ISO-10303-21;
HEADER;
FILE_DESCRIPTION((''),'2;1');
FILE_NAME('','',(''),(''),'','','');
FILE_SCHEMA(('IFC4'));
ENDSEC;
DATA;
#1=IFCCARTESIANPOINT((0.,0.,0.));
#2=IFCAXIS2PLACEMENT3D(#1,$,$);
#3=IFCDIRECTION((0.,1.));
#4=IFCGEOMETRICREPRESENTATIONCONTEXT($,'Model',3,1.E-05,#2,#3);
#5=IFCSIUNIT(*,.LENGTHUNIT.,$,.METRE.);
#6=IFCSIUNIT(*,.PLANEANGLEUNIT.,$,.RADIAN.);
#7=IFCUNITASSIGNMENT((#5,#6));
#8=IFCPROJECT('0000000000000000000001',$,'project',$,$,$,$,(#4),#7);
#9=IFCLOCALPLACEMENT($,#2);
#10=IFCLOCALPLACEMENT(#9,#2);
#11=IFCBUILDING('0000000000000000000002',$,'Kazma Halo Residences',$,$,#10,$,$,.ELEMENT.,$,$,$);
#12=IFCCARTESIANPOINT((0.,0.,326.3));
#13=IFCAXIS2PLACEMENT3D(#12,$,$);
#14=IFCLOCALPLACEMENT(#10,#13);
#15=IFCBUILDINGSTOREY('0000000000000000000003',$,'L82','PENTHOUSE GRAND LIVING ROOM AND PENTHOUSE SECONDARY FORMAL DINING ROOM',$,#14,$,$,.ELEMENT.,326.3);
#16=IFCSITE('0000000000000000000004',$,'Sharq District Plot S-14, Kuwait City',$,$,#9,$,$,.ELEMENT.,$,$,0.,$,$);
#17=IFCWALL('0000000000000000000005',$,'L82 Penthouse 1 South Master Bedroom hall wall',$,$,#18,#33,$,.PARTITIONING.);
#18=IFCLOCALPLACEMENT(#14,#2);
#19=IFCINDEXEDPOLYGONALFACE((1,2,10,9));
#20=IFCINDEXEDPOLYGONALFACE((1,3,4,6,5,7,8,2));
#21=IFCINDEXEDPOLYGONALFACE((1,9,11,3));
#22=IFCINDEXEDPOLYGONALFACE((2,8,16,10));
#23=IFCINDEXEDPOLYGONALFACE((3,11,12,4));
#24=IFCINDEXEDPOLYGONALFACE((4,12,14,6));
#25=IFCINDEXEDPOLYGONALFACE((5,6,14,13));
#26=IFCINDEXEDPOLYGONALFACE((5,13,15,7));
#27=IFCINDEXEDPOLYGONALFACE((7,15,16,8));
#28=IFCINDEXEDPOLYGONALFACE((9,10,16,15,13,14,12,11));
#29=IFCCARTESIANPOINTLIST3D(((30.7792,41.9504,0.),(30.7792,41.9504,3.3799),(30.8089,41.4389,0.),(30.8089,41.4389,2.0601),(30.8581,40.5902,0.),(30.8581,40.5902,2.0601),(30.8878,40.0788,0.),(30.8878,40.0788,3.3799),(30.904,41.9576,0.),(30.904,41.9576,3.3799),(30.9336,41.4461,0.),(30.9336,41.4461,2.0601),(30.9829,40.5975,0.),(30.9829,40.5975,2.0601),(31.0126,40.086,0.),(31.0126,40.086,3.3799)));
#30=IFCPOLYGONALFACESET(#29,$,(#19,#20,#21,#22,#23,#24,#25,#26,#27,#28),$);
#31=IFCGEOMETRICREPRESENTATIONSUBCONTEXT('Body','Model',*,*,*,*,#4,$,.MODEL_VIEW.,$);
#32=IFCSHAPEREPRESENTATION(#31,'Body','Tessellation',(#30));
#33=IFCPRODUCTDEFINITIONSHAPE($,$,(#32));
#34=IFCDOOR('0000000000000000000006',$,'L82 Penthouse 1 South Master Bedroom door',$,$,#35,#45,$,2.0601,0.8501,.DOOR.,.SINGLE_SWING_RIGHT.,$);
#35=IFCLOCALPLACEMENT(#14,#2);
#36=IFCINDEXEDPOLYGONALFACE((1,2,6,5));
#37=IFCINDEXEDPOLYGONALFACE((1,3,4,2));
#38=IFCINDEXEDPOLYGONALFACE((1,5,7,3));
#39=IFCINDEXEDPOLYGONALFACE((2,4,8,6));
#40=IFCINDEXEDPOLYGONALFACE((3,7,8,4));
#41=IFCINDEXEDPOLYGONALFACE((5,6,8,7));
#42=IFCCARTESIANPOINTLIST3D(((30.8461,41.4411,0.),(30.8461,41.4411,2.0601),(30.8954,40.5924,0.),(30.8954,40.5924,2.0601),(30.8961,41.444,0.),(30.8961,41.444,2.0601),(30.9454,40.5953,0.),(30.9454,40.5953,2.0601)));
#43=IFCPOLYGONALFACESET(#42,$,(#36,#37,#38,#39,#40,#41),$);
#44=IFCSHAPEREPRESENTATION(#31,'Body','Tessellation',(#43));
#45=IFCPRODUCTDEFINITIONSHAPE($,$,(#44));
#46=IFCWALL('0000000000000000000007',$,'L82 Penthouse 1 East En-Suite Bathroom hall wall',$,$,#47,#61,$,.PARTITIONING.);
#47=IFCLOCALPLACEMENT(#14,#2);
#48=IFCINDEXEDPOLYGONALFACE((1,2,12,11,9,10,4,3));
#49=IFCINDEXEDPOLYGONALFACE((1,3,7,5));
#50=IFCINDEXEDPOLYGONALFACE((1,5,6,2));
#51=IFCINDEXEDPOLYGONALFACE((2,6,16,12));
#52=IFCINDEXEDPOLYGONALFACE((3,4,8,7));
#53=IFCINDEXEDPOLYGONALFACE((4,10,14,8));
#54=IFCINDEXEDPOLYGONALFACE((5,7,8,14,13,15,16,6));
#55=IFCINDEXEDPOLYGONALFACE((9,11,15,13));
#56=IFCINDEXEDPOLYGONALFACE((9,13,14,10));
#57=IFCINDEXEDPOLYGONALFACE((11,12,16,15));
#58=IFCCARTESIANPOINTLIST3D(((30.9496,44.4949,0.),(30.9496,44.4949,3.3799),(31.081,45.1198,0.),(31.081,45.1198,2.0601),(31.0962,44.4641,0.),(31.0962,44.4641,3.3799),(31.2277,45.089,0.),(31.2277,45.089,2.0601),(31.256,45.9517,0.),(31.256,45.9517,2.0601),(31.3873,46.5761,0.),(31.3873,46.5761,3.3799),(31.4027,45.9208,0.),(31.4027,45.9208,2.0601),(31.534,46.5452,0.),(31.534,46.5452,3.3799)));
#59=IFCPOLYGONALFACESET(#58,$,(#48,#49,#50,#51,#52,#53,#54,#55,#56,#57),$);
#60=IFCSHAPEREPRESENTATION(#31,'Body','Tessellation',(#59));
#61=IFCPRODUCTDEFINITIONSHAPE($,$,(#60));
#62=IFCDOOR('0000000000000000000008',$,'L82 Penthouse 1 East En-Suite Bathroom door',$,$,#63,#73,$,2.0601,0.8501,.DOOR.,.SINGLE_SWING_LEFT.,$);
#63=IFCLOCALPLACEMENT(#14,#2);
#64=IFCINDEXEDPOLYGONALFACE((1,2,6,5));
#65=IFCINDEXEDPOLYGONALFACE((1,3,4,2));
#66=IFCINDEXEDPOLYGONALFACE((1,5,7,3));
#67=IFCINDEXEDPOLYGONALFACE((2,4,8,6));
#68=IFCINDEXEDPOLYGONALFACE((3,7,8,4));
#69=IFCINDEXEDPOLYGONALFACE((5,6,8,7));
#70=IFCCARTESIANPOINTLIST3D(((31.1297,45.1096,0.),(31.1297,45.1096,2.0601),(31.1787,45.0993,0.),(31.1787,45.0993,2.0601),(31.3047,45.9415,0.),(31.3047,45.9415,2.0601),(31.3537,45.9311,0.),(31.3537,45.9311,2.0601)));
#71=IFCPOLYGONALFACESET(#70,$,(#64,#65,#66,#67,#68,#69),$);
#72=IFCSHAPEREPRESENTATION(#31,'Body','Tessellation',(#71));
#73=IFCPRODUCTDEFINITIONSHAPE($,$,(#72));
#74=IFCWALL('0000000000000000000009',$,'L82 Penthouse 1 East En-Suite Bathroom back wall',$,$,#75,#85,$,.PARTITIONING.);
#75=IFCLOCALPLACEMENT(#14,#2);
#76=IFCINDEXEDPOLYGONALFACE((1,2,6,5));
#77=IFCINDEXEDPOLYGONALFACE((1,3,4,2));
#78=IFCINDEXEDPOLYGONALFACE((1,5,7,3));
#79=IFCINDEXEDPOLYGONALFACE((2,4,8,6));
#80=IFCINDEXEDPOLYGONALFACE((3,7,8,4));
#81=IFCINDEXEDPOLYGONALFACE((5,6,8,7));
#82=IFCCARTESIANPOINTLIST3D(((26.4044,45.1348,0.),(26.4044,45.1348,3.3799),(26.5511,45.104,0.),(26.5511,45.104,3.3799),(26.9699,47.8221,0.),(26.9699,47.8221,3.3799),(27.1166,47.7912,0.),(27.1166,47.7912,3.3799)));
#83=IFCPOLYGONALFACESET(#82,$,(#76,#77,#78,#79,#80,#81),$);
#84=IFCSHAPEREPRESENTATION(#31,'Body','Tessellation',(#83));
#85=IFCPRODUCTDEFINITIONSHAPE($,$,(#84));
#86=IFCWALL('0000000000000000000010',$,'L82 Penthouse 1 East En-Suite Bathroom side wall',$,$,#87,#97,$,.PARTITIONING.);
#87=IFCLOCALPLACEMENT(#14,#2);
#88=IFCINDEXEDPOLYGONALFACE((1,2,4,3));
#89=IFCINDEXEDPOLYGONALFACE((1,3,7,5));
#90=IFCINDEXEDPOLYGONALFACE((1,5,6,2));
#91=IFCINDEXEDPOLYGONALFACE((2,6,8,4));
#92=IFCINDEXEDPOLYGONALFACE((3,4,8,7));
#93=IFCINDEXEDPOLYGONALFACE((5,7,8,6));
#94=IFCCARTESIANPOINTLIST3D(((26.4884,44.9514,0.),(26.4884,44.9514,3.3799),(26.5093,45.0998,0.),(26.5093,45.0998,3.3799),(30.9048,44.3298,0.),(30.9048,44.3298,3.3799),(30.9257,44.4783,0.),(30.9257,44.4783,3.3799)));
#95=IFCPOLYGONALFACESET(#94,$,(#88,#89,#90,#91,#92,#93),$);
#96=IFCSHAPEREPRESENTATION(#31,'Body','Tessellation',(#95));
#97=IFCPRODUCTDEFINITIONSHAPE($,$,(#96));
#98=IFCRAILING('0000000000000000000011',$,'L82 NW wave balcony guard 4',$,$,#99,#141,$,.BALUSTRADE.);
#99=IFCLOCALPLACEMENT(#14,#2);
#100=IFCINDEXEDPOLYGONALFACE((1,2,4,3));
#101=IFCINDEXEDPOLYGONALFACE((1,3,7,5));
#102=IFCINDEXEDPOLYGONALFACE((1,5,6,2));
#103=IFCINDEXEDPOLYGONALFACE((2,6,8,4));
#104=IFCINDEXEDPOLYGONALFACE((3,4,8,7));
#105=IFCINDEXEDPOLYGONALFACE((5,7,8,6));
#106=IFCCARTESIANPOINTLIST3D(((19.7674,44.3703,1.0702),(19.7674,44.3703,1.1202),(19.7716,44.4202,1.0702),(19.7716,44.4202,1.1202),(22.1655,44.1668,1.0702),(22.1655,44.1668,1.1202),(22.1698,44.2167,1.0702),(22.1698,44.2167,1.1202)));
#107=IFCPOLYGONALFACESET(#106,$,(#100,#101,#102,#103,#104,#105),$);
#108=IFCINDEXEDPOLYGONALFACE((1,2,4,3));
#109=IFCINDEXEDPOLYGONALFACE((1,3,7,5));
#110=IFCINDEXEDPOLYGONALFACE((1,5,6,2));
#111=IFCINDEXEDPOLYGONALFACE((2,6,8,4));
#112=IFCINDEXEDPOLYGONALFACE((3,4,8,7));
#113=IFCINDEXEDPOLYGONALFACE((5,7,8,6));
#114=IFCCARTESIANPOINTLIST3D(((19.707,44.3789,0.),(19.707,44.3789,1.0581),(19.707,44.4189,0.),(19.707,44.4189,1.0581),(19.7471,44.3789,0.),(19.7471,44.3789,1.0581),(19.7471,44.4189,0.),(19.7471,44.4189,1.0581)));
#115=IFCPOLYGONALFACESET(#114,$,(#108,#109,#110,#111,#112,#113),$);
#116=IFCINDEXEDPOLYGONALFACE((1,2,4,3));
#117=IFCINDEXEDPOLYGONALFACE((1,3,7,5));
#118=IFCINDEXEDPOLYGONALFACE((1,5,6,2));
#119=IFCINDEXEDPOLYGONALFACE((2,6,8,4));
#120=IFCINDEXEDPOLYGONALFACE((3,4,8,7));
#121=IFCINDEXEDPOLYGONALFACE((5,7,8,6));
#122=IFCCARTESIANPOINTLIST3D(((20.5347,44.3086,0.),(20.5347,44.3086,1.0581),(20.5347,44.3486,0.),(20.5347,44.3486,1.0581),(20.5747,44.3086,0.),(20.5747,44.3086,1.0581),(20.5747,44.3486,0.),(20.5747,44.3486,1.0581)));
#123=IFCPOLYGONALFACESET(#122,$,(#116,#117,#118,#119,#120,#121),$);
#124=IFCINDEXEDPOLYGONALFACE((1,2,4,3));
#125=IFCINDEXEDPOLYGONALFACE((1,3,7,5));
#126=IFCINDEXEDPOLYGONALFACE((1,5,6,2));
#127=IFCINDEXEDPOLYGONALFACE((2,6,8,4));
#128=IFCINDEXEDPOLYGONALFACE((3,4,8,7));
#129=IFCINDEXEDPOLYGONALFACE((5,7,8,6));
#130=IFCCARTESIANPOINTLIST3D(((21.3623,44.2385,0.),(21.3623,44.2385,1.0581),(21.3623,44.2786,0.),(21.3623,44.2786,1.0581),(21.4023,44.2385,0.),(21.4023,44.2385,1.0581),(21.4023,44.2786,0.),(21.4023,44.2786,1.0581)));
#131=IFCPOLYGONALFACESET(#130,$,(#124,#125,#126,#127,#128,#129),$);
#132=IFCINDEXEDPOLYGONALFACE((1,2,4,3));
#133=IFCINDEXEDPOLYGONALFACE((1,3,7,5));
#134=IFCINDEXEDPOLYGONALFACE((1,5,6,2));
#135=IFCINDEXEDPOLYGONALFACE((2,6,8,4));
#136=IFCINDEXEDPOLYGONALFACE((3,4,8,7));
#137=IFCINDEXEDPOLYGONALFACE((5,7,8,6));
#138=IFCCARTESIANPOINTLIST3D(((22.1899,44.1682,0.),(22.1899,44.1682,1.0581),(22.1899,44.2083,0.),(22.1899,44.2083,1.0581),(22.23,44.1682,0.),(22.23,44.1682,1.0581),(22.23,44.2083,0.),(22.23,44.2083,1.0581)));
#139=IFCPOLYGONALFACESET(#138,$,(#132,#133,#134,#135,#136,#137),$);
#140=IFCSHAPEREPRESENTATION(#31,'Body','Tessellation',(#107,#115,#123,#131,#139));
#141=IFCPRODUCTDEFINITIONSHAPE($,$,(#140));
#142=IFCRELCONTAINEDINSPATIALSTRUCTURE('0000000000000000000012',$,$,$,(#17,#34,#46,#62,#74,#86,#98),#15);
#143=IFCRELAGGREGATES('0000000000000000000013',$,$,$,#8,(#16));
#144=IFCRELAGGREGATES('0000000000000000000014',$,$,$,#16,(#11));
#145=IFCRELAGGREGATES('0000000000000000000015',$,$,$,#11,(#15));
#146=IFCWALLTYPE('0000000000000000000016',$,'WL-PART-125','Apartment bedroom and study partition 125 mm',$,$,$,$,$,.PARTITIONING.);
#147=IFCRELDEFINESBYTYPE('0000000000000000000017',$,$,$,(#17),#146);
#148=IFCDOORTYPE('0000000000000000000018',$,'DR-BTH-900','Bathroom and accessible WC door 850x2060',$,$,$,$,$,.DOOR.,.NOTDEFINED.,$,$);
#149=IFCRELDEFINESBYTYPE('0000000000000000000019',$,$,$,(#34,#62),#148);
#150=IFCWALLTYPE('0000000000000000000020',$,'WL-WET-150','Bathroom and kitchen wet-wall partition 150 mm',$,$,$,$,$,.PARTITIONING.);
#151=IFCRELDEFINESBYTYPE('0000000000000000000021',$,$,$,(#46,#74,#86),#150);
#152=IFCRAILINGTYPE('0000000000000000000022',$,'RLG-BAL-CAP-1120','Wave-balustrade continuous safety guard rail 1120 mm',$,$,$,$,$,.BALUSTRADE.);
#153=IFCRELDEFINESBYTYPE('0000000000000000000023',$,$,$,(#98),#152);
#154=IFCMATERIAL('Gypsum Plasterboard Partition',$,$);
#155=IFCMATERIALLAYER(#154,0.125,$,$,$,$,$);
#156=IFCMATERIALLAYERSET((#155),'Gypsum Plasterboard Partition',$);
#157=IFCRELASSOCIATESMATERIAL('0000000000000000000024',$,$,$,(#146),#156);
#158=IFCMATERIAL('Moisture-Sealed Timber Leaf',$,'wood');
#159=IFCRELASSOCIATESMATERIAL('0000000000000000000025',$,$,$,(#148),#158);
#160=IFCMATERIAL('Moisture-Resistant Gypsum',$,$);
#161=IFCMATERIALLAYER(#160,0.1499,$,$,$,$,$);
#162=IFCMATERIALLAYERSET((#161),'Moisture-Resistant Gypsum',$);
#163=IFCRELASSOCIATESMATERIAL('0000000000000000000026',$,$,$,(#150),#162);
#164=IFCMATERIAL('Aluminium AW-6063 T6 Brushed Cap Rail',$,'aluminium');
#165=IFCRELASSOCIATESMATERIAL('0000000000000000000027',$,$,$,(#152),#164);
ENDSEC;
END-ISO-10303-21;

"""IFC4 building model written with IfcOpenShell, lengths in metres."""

from ifc_helpers import new_model, si_unit, direction, frame, frame_2d, origin, origin_2d, place, context, subcontext, project, spatial, rectangle, extrude, material, layer, layer_set, type_object, element, fill, save


model = new_model("IFC4")

# Units and contexts
model_context = context("Model", 3, precision=1e-05, world=origin(), true_north=direction((0.0, 1.0)))
body_context = subcontext(model_context, "Body", "Model", "MODEL_VIEW")
ifc_project = project(units=[si_unit("LENGTHUNIT", "METRE"), si_unit("PLANEANGLEUNIT", "RADIAN")], contexts=[model_context])

# Site, building, storey
site_placement = place(None, origin())
site = spatial("IfcSite", under=ifc_project, at=site_placement, Name="Sharq District Plot S-14, Kuwait City", CompositionType="ELEMENT", RefElevation=0.0)
building_placement = place(site_placement, origin())
building = spatial("IfcBuilding", under=site, at=building_placement, Name="Kazma Halo Residences", CompositionType="ELEMENT")
storey_placement = place(building_placement, frame((0.0, 0.0, 326.3)))
storey = spatial("IfcBuildingStorey", under=building, at=storey_placement, Name="L82", Description="PENTHOUSE GRAND LIVING ROOM AND PENTHOUSE SECONDARY FORMAL DINING ROOM", CompositionType="ELEMENT", Elevation=326.3)

# Shared definitions
ifc_material_1 = material(Name="Gypsum Plasterboard Partition")
ifc_layer_1 = layer(ifc_material_1, 0.125)
ifc_layer_set_1 = layer_set([ifc_layer_1], Name="Gypsum Plasterboard Partition")
wall_type_1 = type_object("IfcWallType", Name="WL-PART-125", Description="Apartment bedroom and study partition 125 mm", PredefinedType="PARTITIONING", material=ifc_layer_set_1)

# Shared definitions
ifc_material_2 = material(Name="Moisture-Sealed Timber Leaf", Category="wood")
door_type = type_object("IfcDoorType", Name="DR-BTH-900", Description="Bathroom and accessible WC door 850x2060", OperationType="NOTDEFINED", PredefinedType="DOOR", material=ifc_material_2)

# Walls, openings, doors
wall_1_placement = place(storey_placement, frame((30.8416, 41.9541, 0.0), z_axis=(0.0, 0.0, 1.0), x_axis=(0.057951, -0.998319, 0.0)))
wall_1 = element("IfcWall", 1, at=wall_1_placement, inside=storey, type_object=wall_type_1, Name="L82 Penthouse 1 South Master Bedroom hall wall", PredefinedType="PARTITIONING", context=body_context, shape_type="SweptSolid", body=[
    extrude(rectangle(XDim=1.8748, YDim=0.125, at=frame_2d((0.9375, 0.0))), origin(), (0.0, 0.0, 1.0), 3.3799),
])
opening_1_placement = place(wall_1_placement, frame((0.5125, 0.0, 0.0)))
opening_1 = element("IfcOpeningElement", 2, at=opening_1_placement, cuts=wall_1, PredefinedType="OPENING", context=body_context, shape_type="SweptSolid", body=[
    extrude(rectangle(XDim=0.8501, YDim=2.0601, at=frame_2d((0.425, 1.03))), frame((0.0, 0.0725, 0.0), z_axis=(0.0, -1.0, 0.0), x_axis=(1.0, 0.0, 0.0)), (0.0, 0.0, 1.0), 0.145),
])
door_1_placement = place(opening_1_placement, origin())
door_1 = element("IfcDoor", 3, at=door_1_placement, inside=storey, type_object=door_type, Name="L82 Penthouse 1 South Master Bedroom door", OperationType="SINGLE_SWING_RIGHT", OverallHeight=2.0601, OverallWidth=0.8501, PredefinedType="DOOR", context=body_context, shape_type="SweptSolid", body=[
    extrude(rectangle(XDim=0.8501, YDim=2.0601, at=frame_2d((0.425, 1.03))), frame((0.0, 0.0249, 0.0), z_axis=(0.0, -1.0, 0.0), x_axis=(1.0, 0.0, 0.0)), (0.0, 0.0, 1.0), 0.05),
])
fill(opening_1, door_1)
ifc_material_3 = material(Name="Moisture-Resistant Gypsum")
ifc_layer_2 = layer(ifc_material_3, 0.1499)
ifc_layer_set_2 = layer_set([ifc_layer_2], Name="Moisture-Resistant Gypsum")
wall_type_2 = type_object("IfcWallType", Name="WL-WET-150", Description="Bathroom and kitchen wet-wall partition 150 mm", PredefinedType="PARTITIONING", material=ifc_layer_set_2)
wall_2_placement = place(storey_placement, frame((31.4607, 46.5608, 0.0), z_axis=(0.0, 0.0, 1.0), x_axis=(-0.205843, -0.978585, 0.0)))
wall_2 = element("IfcWall", 4, at=wall_2_placement, inside=storey, type_object=wall_type_2, Name="L82 Penthouse 1 East En-Suite Bathroom hall wall", PredefinedType="PARTITIONING", context=body_context, shape_type="SweptSolid", body=[
    extrude(rectangle(XDim=2.1267, YDim=0.1499, at=frame_2d((1.0635, 0.0))), origin(), (0.0, 0.0, 1.0), 3.3799),
])
opening_2_placement = place(wall_2_placement, frame((0.6382, 0.0, 0.0)))
opening_2 = element("IfcOpeningElement", 5, at=opening_2_placement, cuts=wall_2, PredefinedType="OPENING", context=body_context, shape_type="SweptSolid", body=[
    extrude(rectangle(XDim=0.8501, YDim=2.0601, at=frame_2d((0.425, 1.03))), frame((0.0, 0.085, 0.0), z_axis=(0.0, -1.0, 0.0), x_axis=(1.0, 0.0, 0.0)), (0.0, 0.0, 1.0), 0.1699),
])
door_2_placement = place(opening_2_placement, origin())
door_2 = element("IfcDoor", 6, at=door_2_placement, inside=storey, type_object=door_type, Name="L82 Penthouse 1 East En-Suite Bathroom door", OperationType="SINGLE_SWING_LEFT", OverallHeight=2.0601, OverallWidth=0.8501, PredefinedType="DOOR", context=body_context, shape_type="SweptSolid", body=[
    extrude(rectangle(XDim=0.8501, YDim=2.0601, at=frame_2d((0.425, 1.03))), frame((0.0, 0.0249, 0.0), z_axis=(0.0, -1.0, 0.0), x_axis=(1.0, 0.0, 0.0)), (0.0, 0.0, 1.0), 0.05),
])
fill(opening_2, door_2)

# Walls
wall_3_placement = place(storey_placement, frame((27.0432, 47.8066, 0.0), z_axis=(0.0, 0.0, 1.0), x_axis=(-0.205903, -0.978572, 0.0)))
element("IfcWall", 7, at=wall_3_placement, inside=storey, type_object=wall_type_2, Name="L82 Penthouse 1 East En-Suite Bathroom back wall", PredefinedType="PARTITIONING", context=body_context, shape_type="SweptSolid", body=[
    extrude(rectangle(XDim=2.7461, YDim=0.1499, at=frame_2d((1.373, 0.0))), origin(), (0.0, 0.0, 1.0), 3.3799),
])
wall_4_placement = place(storey_placement, frame((30.9153, 44.4041, 0.0), z_axis=(0.0, 0.0, 1.0), x_axis=(-0.990241, 0.139367, 0.0)))
element("IfcWall", 8, at=wall_4_placement, inside=storey, type_object=wall_type_2, Name="L82 Penthouse 1 East En-Suite Bathroom side wall", PredefinedType="PARTITIONING", context=body_context, shape_type="SweptSolid", body=[
    extrude(rectangle(XDim=4.46, YDim=0.1499, at=frame_2d((2.23, 0.0))), origin(), (0.0, 0.0, 1.0), 3.3799),
])

# Railing
ifc_material_4 = material(Name="Aluminium AW-6063 T6 Brushed Cap Rail", Category="aluminium")
railing_type = type_object("IfcRailingType", Name="RLG-BAL-CAP-1120", Description="Wave-balustrade continuous safety guard rail 1120 mm", PredefinedType="BALUSTRADE", material=ifc_material_4)
railing_placement = place(storey_placement, frame((19.7271, 44.3989, 0.0)))
element("IfcRailing", 9, at=railing_placement, inside=storey, type_object=railing_type, Name="L82 NW wave balcony guard 4", PredefinedType="BALUSTRADE", context=body_context, shape_type="SweptSolid", body=[
    extrude(rectangle(XDim=0.05, YDim=0.05, at=origin_2d()), frame((0.0425, -0.0037, 1.0952), z_axis=(0.996419, -0.084554, 0.0), x_axis=(0.084554, 0.996419, 0.0)), (0.0, 0.0, 1.0), 2.4067),
    extrude(rectangle(XDim=0.04, YDim=0.04, at=origin_2d()), origin(), (0.0, 0.0, 1.0), 1.0581),
    extrude(rectangle(XDim=0.04, YDim=0.04, at=origin_2d()), frame((0.8276, -0.0703, 0.0)), (0.0, 0.0, 1.0), 1.0581),
    extrude(rectangle(XDim=0.04, YDim=0.04, at=origin_2d()), frame((1.6553, -0.1404, 0.0)), (0.0, 0.0, 1.0), 1.0581),
    extrude(rectangle(XDim=0.04, YDim=0.04, at=origin_2d()), frame((2.4829, -0.2107, 0.0)), (0.0, 0.0, 1.0), 1.0581),
])

save(model, "model.ifc")
